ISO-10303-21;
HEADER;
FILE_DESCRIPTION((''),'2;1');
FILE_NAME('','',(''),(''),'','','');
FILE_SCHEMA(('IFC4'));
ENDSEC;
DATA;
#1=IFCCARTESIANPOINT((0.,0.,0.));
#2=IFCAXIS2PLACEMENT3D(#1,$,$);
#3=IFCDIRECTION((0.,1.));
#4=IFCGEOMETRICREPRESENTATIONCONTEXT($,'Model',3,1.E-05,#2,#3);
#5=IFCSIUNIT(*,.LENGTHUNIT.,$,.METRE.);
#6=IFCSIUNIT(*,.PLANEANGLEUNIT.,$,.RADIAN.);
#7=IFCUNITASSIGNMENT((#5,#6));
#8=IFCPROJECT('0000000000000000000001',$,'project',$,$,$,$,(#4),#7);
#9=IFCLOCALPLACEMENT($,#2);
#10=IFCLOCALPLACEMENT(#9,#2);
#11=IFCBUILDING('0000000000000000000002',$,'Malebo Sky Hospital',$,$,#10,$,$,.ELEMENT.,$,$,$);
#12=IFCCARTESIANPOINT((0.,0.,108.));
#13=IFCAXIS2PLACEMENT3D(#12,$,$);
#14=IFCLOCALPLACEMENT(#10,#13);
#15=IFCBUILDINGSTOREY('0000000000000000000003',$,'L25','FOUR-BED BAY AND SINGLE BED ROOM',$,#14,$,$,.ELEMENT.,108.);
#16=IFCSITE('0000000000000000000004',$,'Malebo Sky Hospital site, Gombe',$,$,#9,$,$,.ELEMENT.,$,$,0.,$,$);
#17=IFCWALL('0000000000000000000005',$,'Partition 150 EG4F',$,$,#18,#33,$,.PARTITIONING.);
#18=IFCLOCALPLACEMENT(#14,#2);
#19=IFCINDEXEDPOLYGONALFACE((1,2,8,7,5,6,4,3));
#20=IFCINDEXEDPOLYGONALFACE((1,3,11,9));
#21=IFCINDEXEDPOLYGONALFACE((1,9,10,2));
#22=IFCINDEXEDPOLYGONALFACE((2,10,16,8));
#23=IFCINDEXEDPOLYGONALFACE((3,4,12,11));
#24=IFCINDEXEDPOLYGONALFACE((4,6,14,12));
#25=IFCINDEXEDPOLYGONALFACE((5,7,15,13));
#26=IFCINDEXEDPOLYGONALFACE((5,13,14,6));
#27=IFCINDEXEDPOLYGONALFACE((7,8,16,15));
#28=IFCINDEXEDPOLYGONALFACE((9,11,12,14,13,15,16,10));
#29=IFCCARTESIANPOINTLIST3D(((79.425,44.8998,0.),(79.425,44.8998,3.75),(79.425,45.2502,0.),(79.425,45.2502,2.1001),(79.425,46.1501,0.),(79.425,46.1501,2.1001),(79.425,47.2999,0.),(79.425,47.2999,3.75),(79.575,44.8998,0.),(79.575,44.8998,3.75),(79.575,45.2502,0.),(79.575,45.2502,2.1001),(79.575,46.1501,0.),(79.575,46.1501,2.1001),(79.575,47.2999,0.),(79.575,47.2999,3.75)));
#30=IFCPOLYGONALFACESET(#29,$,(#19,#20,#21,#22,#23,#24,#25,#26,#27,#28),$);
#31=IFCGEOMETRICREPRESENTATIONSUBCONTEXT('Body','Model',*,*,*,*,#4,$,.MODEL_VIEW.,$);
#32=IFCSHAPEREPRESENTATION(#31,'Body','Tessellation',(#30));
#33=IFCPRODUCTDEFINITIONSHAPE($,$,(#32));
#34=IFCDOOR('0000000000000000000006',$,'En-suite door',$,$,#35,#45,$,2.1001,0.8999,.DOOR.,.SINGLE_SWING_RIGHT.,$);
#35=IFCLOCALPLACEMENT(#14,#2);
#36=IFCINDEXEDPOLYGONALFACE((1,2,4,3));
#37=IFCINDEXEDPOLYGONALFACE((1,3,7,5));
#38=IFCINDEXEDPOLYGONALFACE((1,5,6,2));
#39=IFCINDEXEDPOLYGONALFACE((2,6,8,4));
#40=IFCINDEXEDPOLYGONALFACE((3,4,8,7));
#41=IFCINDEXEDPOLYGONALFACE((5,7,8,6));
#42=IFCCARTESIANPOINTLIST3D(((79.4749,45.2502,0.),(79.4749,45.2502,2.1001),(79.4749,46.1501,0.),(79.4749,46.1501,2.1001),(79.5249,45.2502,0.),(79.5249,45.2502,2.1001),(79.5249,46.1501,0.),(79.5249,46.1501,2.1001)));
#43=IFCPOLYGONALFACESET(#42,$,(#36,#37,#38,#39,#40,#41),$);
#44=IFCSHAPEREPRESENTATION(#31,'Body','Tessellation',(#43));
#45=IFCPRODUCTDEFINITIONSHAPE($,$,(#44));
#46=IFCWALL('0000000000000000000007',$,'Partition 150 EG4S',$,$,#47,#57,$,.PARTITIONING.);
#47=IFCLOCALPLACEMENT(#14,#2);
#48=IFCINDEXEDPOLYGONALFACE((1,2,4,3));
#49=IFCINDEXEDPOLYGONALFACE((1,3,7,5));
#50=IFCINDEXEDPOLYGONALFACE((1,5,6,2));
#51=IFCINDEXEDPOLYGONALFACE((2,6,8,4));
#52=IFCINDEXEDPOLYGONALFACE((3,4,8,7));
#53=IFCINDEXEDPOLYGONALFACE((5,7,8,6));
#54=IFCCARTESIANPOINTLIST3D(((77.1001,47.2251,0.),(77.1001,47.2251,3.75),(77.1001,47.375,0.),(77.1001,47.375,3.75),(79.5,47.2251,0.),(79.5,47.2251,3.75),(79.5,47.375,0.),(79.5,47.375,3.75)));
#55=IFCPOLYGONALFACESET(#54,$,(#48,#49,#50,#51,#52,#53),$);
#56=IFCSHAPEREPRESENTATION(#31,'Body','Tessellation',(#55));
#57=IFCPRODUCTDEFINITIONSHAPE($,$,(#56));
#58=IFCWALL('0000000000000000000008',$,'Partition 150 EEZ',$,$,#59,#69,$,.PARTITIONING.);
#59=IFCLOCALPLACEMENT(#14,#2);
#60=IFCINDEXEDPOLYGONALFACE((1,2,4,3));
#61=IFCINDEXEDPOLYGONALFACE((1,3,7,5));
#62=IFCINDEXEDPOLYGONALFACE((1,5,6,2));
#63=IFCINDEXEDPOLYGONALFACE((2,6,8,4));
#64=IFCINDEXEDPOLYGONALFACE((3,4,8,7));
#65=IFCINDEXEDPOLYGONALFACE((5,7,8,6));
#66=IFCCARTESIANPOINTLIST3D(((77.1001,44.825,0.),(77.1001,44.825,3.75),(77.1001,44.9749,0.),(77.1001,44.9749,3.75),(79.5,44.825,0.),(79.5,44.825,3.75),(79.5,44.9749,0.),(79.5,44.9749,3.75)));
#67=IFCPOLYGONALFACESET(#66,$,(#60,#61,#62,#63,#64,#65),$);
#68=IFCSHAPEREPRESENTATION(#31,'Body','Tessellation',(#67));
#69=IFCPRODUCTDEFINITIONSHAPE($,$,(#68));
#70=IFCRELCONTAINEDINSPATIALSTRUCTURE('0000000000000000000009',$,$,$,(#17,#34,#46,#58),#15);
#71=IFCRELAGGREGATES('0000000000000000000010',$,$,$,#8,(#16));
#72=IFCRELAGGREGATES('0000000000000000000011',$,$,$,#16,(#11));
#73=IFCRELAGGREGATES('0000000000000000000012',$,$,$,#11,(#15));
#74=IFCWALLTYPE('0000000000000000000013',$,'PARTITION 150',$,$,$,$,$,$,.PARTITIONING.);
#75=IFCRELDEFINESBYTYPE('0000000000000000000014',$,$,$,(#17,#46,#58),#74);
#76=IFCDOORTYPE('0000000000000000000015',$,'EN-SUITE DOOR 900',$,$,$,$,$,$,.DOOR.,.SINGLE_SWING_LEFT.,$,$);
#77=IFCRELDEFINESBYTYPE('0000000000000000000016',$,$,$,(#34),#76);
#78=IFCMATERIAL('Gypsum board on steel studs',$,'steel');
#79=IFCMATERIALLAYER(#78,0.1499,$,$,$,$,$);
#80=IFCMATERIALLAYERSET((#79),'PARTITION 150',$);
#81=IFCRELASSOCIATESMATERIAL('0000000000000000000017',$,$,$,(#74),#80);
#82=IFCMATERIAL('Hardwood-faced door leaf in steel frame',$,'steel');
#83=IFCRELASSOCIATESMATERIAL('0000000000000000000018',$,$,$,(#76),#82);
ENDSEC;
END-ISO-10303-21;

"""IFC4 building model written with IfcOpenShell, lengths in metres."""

from ifc_helpers import new_model, si_unit, direction, frame, frame_2d, origin, place, context, subcontext, project, spatial, rectangle, extrude, material, layer, layer_set, type_object, element, fill, save


model = new_model("IFC4")

# Units and contexts
model_context = context("Model", 3, precision=1e-05, world=origin(), true_north=direction((0.0, 1.0)))
body_context = subcontext(model_context, "Body", "Model", "MODEL_VIEW")
ifc_project = project(units=[si_unit("LENGTHUNIT", "METRE"), si_unit("PLANEANGLEUNIT", "RADIAN")], contexts=[model_context])

# Site, building, storey
site_placement = place(None, origin())
site = spatial("IfcSite", under=ifc_project, at=site_placement, Name="Malebo Sky Hospital site, Gombe", CompositionType="ELEMENT", RefElevation=0.0)
building_placement = place(site_placement, origin())
building = spatial("IfcBuilding", under=site, at=building_placement, Name="Malebo Sky Hospital", CompositionType="ELEMENT")
storey_placement = place(building_placement, frame((0.0, 0.0, 108.0)))
storey = spatial("IfcBuildingStorey", under=building, at=storey_placement, Name="L25", Description="FOUR-BED BAY AND SINGLE BED ROOM", CompositionType="ELEMENT", Elevation=108.0)

# Shared definitions
ifc_material_1 = material(Name="Gypsum board on steel studs", Category="steel")
ifc_material_2 = material(Name="Hardwood-faced door leaf in steel frame", Category="steel")

# Shared definitions
ifc_layer_1 = layer(ifc_material_1, 0.1499)
ifc_layer_set_1 = layer_set([ifc_layer_1], Name="PARTITION 150")
wall_type_1 = type_object("IfcWallType", Name="PARTITION 150", PredefinedType="PARTITIONING", material=ifc_layer_set_1)

# Wall, opening, door
wall_1_placement = place(storey_placement, frame((79.5, 47.3, 0.0), z_axis=(0.0, 0.0, 1.0), x_axis=(0.0, -1.0, 0.0)))
wall_1 = element("IfcWall", 1, at=wall_1_placement, inside=storey, type_object=wall_type_1, Name="Partition 150 EG4F", PredefinedType="PARTITIONING", context=body_context, shape_type="SweptSolid", body=[
    extrude(rectangle(XDim=2.4001, YDim=0.1499, at=frame_2d((1.2002, 0.0))), origin(), (0.0, 0.0, 1.0), 3.75),
])
opening_1_placement = place(wall_1_placement, frame((1.1499, 0.0, 0.0)))
opening_1 = element("IfcOpeningElement", 2, at=opening_1_placement, cuts=wall_1, PredefinedType="OPENING", context=body_context, shape_type="SweptSolid", body=[
    extrude(rectangle(XDim=0.8999, YDim=2.1001, at=frame_2d((0.45, 1.05))), frame((0.0, 0.085, 0.0), z_axis=(0.0, -1.0, 0.0), x_axis=(1.0, 0.0, 0.0)), (0.0, 0.0, 1.0), 0.1699),
])
door_type_1 = type_object("IfcDoorType", Name="EN-SUITE DOOR 900", OperationType="SINGLE_SWING_LEFT", PredefinedType="DOOR", material=ifc_material_2)
door_1_placement = place(opening_1_placement, origin())
door_1 = element("IfcDoor", 3, at=door_1_placement, inside=storey, type_object=door_type_1, Name="En-suite door", OperationType="SINGLE_SWING_RIGHT", OverallHeight=2.1001, OverallWidth=0.8999, PredefinedType="DOOR", context=body_context, shape_type="SweptSolid", body=[
    extrude(rectangle(XDim=0.8999, YDim=2.1001, at=frame_2d((0.45, 1.05))), frame((0.0, 0.0249, 0.0), z_axis=(0.0, -1.0, 0.0), x_axis=(1.0, 0.0, 0.0)), (0.0, 0.0, 1.0), 0.05),
])
fill(opening_1, door_1)

# Walls
for number, where, z_axis, x_axis, name in (
    (4, (77.1001, 47.3, 0.0), (0.0, 0.0, 1.0), (1.0, 0.0, 0.0), "Partition 150 EG4S"),
    (5, (77.1001, 44.8999, 0.0), (0.0, 0.0, 1.0), (1.0, 0.0, 0.0), "Partition 150 EEZ"),
):
    element("IfcWall", number, at=place(storey_placement, frame(where, z_axis=z_axis, x_axis=x_axis)), inside=storey, type_object=wall_type_1, Name=name, PredefinedType="PARTITIONING", context=body_context, shape_type="SweptSolid", body=[
        extrude(rectangle(XDim=2.3999, YDim=0.1499, at=frame_2d((1.2, 0.0))), origin(), (0.0, 0.0, 1.0), 3.75),
    ])

save(model, "model.ifc")
